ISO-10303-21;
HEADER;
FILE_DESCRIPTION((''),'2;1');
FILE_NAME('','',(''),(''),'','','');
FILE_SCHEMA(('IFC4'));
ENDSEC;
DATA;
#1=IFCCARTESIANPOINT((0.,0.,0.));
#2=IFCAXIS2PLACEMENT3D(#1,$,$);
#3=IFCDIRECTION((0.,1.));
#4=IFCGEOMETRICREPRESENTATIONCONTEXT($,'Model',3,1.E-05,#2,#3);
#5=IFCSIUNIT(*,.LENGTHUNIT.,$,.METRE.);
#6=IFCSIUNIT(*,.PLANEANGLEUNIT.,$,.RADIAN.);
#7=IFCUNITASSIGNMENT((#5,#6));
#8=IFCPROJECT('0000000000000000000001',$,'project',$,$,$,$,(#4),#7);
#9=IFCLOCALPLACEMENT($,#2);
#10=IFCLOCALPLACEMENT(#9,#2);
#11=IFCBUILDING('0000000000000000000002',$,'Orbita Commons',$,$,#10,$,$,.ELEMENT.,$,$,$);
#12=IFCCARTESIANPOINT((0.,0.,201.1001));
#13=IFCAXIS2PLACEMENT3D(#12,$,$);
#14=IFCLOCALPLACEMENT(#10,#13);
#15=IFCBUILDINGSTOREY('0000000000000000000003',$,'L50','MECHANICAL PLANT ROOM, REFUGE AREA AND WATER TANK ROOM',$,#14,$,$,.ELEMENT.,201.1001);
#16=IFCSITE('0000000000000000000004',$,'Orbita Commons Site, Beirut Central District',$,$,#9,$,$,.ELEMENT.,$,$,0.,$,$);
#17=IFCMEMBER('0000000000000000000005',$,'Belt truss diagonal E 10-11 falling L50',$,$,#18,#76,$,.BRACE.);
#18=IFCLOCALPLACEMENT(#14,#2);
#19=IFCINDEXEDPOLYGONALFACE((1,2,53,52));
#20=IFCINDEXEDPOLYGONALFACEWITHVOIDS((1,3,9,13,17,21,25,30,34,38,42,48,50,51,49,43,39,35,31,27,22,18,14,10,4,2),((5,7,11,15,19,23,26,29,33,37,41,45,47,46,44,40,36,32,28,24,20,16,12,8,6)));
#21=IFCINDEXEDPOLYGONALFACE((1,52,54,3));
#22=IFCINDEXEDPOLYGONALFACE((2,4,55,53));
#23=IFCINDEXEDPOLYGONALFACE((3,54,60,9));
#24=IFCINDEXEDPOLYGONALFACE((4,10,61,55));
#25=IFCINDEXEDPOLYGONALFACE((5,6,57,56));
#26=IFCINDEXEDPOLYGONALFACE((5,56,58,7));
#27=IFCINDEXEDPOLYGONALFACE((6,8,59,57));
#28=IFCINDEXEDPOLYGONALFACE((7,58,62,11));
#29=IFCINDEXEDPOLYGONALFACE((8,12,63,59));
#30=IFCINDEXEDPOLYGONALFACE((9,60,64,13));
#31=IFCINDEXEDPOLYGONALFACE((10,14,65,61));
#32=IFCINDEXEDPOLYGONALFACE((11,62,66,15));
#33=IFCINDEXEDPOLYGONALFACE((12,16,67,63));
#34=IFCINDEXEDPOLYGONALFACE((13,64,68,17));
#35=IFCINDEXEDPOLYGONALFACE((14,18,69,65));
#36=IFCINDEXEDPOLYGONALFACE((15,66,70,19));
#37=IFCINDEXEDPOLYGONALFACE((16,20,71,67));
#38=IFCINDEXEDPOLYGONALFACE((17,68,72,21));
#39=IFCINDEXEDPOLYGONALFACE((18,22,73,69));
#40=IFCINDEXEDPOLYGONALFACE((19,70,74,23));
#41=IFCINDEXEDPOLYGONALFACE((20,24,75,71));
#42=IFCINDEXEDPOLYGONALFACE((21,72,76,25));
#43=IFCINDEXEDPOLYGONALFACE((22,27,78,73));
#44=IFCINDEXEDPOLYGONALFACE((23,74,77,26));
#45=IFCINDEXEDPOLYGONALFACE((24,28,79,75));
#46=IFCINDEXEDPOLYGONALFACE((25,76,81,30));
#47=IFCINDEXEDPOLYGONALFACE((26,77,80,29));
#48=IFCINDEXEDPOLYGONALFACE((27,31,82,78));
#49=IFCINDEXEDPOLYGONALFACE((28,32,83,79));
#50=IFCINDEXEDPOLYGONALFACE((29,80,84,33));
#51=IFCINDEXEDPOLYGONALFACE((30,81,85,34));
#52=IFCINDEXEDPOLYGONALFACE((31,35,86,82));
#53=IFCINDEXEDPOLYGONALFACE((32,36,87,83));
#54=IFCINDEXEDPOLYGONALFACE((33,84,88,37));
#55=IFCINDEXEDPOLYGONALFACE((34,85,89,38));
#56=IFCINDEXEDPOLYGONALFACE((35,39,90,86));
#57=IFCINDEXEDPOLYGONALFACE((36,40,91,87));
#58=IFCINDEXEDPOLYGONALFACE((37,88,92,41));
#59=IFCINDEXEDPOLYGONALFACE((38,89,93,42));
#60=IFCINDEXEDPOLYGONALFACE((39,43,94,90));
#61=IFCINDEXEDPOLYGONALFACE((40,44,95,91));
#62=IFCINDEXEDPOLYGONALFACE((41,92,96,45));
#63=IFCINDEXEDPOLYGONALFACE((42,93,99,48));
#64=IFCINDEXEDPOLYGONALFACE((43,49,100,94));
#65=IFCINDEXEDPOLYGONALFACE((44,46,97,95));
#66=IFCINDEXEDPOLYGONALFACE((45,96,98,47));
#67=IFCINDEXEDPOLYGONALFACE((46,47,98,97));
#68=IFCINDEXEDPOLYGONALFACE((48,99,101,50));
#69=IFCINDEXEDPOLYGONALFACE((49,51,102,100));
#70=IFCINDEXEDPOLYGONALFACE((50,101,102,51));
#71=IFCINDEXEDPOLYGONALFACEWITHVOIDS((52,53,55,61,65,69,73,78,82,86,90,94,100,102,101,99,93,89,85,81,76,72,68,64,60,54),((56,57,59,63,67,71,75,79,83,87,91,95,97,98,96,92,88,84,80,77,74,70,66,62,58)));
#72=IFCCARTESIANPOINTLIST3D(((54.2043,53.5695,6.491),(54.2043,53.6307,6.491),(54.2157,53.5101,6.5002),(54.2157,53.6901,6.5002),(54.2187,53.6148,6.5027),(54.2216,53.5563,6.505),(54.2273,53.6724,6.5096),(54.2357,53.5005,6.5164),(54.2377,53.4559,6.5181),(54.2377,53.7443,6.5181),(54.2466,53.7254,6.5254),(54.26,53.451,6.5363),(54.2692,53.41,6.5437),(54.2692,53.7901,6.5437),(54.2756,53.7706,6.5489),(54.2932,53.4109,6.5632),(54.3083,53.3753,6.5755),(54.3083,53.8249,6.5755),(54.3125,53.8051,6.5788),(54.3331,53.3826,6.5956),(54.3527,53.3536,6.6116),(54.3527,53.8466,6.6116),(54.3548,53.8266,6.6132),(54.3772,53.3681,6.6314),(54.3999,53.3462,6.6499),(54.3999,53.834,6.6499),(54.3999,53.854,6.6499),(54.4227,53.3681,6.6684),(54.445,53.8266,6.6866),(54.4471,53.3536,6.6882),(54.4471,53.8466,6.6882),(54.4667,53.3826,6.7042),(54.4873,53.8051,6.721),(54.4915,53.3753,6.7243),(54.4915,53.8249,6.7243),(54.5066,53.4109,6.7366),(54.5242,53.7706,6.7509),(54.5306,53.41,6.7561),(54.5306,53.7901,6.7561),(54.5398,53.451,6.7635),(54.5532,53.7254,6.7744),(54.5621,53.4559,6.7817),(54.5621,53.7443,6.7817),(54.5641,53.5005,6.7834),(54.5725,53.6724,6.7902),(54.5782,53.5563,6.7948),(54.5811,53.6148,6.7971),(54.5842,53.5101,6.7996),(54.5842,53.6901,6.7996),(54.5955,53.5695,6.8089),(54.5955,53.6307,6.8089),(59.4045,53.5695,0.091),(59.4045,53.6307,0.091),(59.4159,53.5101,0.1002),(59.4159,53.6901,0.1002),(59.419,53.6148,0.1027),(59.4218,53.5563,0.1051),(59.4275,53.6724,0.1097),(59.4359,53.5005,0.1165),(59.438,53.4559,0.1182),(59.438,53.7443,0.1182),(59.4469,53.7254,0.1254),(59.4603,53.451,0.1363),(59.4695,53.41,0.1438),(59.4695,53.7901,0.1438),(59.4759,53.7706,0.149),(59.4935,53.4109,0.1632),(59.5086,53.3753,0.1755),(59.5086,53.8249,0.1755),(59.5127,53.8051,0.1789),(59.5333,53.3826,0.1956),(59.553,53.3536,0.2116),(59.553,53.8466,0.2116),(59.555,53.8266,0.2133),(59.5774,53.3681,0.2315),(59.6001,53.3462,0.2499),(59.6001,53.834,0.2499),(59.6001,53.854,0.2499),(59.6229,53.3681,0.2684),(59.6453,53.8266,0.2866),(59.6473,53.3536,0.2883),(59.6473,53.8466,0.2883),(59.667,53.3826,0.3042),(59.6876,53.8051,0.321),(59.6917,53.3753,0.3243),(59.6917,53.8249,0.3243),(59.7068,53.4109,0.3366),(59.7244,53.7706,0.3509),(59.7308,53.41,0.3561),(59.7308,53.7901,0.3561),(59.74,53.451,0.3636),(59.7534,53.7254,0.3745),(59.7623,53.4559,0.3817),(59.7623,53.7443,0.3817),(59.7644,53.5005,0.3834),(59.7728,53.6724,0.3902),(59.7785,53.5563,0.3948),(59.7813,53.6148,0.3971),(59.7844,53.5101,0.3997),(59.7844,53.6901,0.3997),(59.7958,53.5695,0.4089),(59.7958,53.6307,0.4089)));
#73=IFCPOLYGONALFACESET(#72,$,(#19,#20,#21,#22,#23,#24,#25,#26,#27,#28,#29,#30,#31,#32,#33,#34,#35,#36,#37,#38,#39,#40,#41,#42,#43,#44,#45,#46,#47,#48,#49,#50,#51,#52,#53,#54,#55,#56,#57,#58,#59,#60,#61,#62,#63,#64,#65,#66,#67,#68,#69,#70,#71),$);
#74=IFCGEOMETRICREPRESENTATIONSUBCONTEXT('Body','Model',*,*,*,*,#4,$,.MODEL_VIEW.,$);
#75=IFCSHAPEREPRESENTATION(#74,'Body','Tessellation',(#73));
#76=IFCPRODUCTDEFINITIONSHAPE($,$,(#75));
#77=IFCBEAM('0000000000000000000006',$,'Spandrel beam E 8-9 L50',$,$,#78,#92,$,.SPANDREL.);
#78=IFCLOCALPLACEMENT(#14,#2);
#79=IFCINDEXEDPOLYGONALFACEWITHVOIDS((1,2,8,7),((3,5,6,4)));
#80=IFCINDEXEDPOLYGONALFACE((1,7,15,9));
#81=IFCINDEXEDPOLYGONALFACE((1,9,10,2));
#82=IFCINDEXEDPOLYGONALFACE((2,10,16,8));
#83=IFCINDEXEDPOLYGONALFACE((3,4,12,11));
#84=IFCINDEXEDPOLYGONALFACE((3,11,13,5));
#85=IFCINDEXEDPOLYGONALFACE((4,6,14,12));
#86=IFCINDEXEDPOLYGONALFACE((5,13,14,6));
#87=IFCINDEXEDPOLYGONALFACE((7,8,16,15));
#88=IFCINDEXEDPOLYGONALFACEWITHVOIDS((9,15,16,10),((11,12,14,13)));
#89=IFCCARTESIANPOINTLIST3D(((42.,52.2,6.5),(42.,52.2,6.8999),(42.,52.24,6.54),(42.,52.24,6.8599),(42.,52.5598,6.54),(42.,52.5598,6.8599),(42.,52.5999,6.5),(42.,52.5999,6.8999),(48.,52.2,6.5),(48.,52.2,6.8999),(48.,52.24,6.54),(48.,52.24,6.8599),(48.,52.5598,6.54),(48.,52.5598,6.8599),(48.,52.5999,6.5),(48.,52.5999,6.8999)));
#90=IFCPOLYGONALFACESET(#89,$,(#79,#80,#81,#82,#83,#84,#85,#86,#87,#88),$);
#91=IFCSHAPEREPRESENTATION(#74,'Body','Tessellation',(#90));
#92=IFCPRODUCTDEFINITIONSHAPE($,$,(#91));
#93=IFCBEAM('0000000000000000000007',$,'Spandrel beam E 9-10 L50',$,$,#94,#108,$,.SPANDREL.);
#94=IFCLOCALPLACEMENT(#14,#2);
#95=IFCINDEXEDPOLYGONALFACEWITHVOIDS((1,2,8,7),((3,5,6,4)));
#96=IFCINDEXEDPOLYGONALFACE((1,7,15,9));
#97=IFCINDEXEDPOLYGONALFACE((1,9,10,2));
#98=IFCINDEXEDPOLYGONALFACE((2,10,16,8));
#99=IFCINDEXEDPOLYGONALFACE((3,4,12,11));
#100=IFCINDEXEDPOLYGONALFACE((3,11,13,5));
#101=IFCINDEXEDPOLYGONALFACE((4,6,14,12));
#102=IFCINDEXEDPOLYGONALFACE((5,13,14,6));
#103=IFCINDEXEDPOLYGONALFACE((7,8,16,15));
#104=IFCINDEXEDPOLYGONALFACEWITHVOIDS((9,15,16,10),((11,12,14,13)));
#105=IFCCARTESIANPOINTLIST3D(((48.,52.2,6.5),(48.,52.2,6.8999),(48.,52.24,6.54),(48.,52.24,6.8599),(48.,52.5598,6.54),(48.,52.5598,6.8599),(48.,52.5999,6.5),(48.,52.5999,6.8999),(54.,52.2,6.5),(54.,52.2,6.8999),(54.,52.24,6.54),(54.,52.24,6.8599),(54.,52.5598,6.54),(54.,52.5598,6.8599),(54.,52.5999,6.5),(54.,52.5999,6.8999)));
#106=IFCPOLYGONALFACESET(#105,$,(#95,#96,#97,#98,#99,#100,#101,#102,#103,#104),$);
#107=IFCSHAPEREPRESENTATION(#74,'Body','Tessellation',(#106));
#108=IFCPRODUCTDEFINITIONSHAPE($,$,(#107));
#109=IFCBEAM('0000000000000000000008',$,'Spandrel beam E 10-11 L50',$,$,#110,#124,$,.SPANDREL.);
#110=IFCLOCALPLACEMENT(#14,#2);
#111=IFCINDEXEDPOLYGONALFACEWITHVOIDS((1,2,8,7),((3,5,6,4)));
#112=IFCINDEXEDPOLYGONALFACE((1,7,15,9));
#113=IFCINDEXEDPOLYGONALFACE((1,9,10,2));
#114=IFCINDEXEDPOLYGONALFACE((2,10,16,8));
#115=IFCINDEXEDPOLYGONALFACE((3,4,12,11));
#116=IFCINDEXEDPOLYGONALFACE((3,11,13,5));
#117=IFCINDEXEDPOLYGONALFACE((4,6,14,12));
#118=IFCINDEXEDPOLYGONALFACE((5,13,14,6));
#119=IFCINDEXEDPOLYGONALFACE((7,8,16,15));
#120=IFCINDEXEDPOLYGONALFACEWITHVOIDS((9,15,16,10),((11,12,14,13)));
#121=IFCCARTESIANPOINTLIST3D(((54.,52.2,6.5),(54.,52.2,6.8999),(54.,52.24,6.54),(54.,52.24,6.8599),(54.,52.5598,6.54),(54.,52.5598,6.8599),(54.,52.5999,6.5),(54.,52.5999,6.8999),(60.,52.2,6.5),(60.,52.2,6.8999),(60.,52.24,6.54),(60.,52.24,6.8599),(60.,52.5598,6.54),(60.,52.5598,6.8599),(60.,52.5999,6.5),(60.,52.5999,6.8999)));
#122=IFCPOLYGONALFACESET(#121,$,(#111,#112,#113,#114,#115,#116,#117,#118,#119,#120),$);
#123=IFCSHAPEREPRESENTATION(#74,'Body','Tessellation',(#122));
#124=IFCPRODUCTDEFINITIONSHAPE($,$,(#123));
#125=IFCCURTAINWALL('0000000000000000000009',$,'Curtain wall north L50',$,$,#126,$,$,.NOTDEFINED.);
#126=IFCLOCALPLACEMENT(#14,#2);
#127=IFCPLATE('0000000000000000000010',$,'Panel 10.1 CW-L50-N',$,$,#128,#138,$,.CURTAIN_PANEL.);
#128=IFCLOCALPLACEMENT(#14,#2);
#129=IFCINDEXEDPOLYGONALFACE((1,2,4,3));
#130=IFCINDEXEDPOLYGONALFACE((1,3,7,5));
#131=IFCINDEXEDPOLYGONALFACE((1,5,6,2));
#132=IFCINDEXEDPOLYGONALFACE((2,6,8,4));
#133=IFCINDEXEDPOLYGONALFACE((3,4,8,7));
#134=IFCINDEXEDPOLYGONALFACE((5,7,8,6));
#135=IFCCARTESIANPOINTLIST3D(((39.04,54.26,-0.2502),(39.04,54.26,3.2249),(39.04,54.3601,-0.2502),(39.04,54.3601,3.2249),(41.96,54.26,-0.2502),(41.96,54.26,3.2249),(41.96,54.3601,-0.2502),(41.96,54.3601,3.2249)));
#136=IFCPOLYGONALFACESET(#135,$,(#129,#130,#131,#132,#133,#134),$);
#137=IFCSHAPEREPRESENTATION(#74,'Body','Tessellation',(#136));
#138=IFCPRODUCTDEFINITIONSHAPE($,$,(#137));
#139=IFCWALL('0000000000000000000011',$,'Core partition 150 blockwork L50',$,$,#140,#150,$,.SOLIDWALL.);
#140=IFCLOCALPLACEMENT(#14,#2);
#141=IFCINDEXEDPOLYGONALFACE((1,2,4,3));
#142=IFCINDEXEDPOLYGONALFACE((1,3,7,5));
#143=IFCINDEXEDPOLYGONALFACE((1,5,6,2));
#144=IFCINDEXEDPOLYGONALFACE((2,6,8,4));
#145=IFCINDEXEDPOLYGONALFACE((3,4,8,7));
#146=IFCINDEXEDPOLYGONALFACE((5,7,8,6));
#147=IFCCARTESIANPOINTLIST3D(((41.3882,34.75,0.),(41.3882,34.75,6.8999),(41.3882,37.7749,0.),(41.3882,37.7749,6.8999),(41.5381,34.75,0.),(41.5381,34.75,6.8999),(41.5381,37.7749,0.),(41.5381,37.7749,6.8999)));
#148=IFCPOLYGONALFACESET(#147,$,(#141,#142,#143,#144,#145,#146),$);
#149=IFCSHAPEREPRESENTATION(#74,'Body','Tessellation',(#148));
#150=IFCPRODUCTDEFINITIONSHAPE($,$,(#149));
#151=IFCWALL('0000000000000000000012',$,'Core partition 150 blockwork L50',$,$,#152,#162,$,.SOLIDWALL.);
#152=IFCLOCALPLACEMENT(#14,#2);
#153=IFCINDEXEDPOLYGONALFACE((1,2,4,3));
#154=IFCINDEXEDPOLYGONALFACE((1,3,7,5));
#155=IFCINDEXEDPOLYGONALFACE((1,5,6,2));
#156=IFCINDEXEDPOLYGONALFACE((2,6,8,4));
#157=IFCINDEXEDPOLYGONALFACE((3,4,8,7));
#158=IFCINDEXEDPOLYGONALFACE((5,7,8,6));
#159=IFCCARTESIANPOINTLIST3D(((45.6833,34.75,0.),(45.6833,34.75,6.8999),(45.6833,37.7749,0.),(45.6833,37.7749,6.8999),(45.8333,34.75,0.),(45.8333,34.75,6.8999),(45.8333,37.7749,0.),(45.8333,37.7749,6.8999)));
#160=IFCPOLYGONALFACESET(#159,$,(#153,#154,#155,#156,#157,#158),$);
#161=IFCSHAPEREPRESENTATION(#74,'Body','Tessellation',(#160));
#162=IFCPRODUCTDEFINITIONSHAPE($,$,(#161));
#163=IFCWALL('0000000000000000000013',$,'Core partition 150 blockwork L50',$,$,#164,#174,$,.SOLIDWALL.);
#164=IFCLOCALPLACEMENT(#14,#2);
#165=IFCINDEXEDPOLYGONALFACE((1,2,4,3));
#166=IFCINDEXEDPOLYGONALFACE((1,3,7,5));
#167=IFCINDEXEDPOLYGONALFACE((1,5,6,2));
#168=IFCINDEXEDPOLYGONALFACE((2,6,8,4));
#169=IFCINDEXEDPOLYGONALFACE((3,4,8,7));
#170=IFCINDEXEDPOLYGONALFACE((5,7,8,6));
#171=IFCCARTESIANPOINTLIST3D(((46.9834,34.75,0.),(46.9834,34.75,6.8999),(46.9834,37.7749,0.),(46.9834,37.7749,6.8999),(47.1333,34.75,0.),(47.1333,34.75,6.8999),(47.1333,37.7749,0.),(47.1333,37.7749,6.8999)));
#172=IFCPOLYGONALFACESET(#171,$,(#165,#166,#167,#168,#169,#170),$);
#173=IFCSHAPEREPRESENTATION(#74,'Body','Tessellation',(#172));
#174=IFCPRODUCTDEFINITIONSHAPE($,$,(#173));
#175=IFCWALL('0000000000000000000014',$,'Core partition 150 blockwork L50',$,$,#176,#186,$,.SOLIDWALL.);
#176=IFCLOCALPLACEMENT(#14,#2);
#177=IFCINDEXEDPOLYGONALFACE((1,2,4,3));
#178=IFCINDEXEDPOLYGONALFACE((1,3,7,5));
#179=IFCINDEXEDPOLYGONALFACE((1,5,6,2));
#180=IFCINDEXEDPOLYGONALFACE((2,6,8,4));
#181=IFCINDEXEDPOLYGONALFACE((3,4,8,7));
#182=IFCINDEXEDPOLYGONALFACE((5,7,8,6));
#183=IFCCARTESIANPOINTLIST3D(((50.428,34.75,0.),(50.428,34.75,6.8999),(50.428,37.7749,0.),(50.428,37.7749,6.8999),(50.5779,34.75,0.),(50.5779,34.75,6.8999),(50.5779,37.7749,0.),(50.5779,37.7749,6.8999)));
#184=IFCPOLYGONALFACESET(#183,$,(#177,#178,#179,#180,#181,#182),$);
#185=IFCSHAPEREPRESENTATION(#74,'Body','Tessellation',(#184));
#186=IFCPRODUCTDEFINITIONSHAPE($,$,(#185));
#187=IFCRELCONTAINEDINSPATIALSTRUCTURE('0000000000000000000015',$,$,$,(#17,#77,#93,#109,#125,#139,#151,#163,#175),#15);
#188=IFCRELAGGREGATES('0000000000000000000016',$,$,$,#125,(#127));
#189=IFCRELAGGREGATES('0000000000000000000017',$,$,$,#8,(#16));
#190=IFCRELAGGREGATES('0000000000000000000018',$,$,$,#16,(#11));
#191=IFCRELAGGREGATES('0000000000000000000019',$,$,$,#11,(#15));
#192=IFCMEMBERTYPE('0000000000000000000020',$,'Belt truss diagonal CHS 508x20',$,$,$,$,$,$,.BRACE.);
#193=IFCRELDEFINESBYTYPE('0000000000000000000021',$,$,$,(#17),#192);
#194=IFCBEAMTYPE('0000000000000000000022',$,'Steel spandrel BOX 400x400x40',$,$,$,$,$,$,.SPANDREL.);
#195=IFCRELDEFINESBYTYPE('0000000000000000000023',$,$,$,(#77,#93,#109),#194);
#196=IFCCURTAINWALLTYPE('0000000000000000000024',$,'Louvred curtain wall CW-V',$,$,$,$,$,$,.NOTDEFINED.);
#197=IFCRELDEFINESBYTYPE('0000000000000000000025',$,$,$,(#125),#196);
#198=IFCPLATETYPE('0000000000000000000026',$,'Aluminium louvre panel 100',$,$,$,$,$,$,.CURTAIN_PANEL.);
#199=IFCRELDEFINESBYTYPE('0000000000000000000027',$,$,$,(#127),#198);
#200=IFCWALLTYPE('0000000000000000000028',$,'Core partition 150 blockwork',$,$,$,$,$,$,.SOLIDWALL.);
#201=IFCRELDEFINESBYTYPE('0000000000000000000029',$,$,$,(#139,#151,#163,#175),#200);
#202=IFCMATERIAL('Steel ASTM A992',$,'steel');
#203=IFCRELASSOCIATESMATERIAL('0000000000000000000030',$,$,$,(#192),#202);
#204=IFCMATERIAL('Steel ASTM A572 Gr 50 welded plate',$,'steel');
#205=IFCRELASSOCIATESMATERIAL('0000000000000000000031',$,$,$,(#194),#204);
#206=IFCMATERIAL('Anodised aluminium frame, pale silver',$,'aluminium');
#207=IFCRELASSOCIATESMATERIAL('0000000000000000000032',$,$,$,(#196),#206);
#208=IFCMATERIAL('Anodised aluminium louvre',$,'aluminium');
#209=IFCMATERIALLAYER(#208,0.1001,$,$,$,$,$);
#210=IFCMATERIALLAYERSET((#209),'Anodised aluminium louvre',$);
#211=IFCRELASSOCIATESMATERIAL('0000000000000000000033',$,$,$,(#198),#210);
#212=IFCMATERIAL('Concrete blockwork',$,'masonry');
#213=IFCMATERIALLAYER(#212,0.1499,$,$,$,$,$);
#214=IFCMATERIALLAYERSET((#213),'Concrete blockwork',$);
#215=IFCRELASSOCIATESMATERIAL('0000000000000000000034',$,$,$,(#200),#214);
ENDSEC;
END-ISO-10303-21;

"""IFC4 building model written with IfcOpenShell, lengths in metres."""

from ifc_helpers import new_model, si_unit, direction, frame, frame_2d, origin, origin_2d, place, context, subcontext, project, spatial, rectangle, hollow_rectangle, hollow_circle, extrude, material, layer, layer_set, material_profile, profile_set, type_object, element, aggregate, save


model = new_model("IFC4")

# Units and contexts
model_context = context("Model", 3, precision=1e-05, world=origin(), true_north=direction((0.0, 1.0)))
body_context = subcontext(model_context, "Body", "Model", "MODEL_VIEW")
ifc_project = project(units=[si_unit("LENGTHUNIT", "METRE"), si_unit("PLANEANGLEUNIT", "RADIAN")], contexts=[model_context])

# Site, building, storey
site_placement = place(None, origin())
site = spatial("IfcSite", under=ifc_project, at=site_placement, Name="Orbita Commons Site, Beirut Central District", CompositionType="ELEMENT", RefElevation=0.0)
building_placement = place(site_placement, origin())
building = spatial("IfcBuilding", under=site, at=building_placement, Name="Orbita Commons", CompositionType="ELEMENT")
storey_placement = place(building_placement, frame((0.0, 0.0, 201.1001)))
storey = spatial("IfcBuildingStorey", under=building, at=storey_placement, Name="L50", Description="MECHANICAL PLANT ROOM, REFUGE AREA AND WATER TANK ROOM", CompositionType="ELEMENT", Elevation=201.1001)

# Member
ifc_material_1 = material(Name="Steel ASTM A992", Category="steel")
ifc_material_profile_1 = material_profile(ifc_material_1, hollow_circle(Radius=0.2539, WallThickness=0.02, at=origin_2d()), Name="CHS 508x20")
ifc_profile_set_1 = profile_set([ifc_material_profile_1], Name="Steel ASTM A992")
member_type = type_object("IfcMemberType", Name="Belt truss diagonal CHS 508x20", PredefinedType="BRACE", material=ifc_profile_set_1)
for number, where, z_axis, x_axis, name in (
    (1, (54.3999, 53.6001, 6.6499), (0.630613, 0.0, -0.776098), (0.0, 1.0, 0.0), "Belt truss diagonal E 10-11 falling L50"),
):
    element("IfcMember", number, at=place(storey_placement, frame(where, z_axis=z_axis, x_axis=x_axis)), inside=storey, type_object=member_type, Name=name, PredefinedType="BRACE", context=body_context, shape_type="SweptSolid", body=[
        extrude(hollow_circle(Radius=0.2539, WallThickness=0.02, at=origin_2d()), origin(), (0.0, 0.0, 1.0), 8.2463),
    ])

# Beams
ifc_material_2 = material(Name="Steel ASTM A572 Gr 50 welded plate", Category="steel")
ifc_material_profile_2 = material_profile(ifc_material_2, hollow_rectangle(XDim=0.3999, YDim=0.3999, WallThickness=0.04, at=origin_2d()), Name="BOX 400x400x40")
ifc_profile_set_2 = profile_set([ifc_material_profile_2], Name="Steel ASTM A572 Gr 50 welded plate")
beam_type = type_object("IfcBeamType", Name="Steel spandrel BOX 400x400x40", PredefinedType="SPANDREL", material=ifc_profile_set_2)
for number, where, z_axis, x_axis, name in (
    (2, (42.0, 52.3999, 6.7), (1.0, 0.0, 0.0), (0.0, 1.0, 0.0), "Spandrel beam E 8-9 L50"),
    (3, (48.0, 52.3999, 6.7), (1.0, 0.0, 0.0), (0.0, 1.0, 0.0), "Spandrel beam E 9-10 L50"),
    (4, (54.0, 52.3999, 6.7), (1.0, 0.0, 0.0), (0.0, 1.0, 0.0), "Spandrel beam E 10-11 L50"),
):
    element("IfcBeam", number, at=place(storey_placement, frame(where, z_axis=z_axis, x_axis=x_axis)), inside=storey, type_object=beam_type, Name=name, PredefinedType="SPANDREL", context=body_context, shape_type="SweptSolid", body=[
        extrude(hollow_rectangle(XDim=0.3999, YDim=0.3999, WallThickness=0.04, at=origin_2d()), origin(), (0.0, 0.0, 1.0), 6.0),
    ])

# Curtain wall, plate
ifc_material_3 = material(Name="Anodised aluminium frame, pale silver", Category="aluminium")
curtain_wall_type = type_object("IfcCurtainWallType", Name="Louvred curtain wall CW-V", PredefinedType="NOTDEFINED", material=ifc_material_3)
curtain_wall_placement = place(storey_placement, origin())
curtain_wall = element("IfcCurtainWall", 5, at=curtain_wall_placement, inside=storey, type_object=curtain_wall_type, Name="Curtain wall north L50", PredefinedType="NOTDEFINED")
ifc_material_4 = material(Name="Anodised aluminium louvre", Category="aluminium")
ifc_layer_1 = layer(ifc_material_4, 0.1001)
ifc_layer_set_1 = layer_set([ifc_layer_1], Name="Anodised aluminium louvre")
plate_type = type_object("IfcPlateType", Name="Aluminium louvre panel 100", PredefinedType="CURTAIN_PANEL", material=ifc_layer_set_1)
plate_placement = place(storey_placement, frame((40.5, 54.3101, -0.2502), z_axis=(0.0, 0.0, 1.0), x_axis=(-1.0, 0.0, 0.0)))
plate = element("IfcPlate", 6, at=plate_placement, type_object=plate_type, Name="Panel 10.1 CW-L50-N", PredefinedType="CURTAIN_PANEL", context=body_context, shape_type="SweptSolid", body=[
    extrude(rectangle(XDim=2.9199, YDim=0.1001, at=origin_2d()), origin(), (0.0, 0.0, 1.0), 3.4751),
])
aggregate(curtain_wall, [plate])

# Walls
ifc_material_5 = material(Name="Concrete blockwork", Category="masonry")
ifc_layer_2 = layer(ifc_material_5, 0.1499)
ifc_layer_set_2 = layer_set([ifc_layer_2], Name="Concrete blockwork")
wall_type_1 = type_object("IfcWallType", Name="Core partition 150 blockwork", PredefinedType="SOLIDWALL", material=ifc_layer_set_2)
for number, where, z_axis, x_axis, name in (
    (7, (41.4631, 34.75, 0.0), (0.0, 0.0, 1.0), (0.0, 1.0, 0.0), "Core partition 150 blockwork L50"),
    (8, (45.7583, 34.75, 0.0), (0.0, 0.0, 1.0), (0.0, 1.0, 0.0), "Core partition 150 blockwork L50"),
    (9, (47.0583, 34.75, 0.0), (0.0, 0.0, 1.0), (0.0, 1.0, 0.0), "Core partition 150 blockwork L50"),
    (10, (50.5029, 34.75, 0.0), (0.0, 0.0, 1.0), (0.0, 1.0, 0.0), "Core partition 150 blockwork L50"),
):
    element("IfcWall", number, at=place(storey_placement, frame(where, z_axis=z_axis, x_axis=x_axis)), inside=storey, type_object=wall_type_1, Name=name, PredefinedType="SOLIDWALL", context=body_context, shape_type="SweptSolid", body=[
        extrude(rectangle(XDim=3.0249, YDim=0.1499, at=frame_2d((1.5125, 0.0))), origin(), (0.0, 0.0, 1.0), 6.8999),
    ])

save(model, "model.ifc")
